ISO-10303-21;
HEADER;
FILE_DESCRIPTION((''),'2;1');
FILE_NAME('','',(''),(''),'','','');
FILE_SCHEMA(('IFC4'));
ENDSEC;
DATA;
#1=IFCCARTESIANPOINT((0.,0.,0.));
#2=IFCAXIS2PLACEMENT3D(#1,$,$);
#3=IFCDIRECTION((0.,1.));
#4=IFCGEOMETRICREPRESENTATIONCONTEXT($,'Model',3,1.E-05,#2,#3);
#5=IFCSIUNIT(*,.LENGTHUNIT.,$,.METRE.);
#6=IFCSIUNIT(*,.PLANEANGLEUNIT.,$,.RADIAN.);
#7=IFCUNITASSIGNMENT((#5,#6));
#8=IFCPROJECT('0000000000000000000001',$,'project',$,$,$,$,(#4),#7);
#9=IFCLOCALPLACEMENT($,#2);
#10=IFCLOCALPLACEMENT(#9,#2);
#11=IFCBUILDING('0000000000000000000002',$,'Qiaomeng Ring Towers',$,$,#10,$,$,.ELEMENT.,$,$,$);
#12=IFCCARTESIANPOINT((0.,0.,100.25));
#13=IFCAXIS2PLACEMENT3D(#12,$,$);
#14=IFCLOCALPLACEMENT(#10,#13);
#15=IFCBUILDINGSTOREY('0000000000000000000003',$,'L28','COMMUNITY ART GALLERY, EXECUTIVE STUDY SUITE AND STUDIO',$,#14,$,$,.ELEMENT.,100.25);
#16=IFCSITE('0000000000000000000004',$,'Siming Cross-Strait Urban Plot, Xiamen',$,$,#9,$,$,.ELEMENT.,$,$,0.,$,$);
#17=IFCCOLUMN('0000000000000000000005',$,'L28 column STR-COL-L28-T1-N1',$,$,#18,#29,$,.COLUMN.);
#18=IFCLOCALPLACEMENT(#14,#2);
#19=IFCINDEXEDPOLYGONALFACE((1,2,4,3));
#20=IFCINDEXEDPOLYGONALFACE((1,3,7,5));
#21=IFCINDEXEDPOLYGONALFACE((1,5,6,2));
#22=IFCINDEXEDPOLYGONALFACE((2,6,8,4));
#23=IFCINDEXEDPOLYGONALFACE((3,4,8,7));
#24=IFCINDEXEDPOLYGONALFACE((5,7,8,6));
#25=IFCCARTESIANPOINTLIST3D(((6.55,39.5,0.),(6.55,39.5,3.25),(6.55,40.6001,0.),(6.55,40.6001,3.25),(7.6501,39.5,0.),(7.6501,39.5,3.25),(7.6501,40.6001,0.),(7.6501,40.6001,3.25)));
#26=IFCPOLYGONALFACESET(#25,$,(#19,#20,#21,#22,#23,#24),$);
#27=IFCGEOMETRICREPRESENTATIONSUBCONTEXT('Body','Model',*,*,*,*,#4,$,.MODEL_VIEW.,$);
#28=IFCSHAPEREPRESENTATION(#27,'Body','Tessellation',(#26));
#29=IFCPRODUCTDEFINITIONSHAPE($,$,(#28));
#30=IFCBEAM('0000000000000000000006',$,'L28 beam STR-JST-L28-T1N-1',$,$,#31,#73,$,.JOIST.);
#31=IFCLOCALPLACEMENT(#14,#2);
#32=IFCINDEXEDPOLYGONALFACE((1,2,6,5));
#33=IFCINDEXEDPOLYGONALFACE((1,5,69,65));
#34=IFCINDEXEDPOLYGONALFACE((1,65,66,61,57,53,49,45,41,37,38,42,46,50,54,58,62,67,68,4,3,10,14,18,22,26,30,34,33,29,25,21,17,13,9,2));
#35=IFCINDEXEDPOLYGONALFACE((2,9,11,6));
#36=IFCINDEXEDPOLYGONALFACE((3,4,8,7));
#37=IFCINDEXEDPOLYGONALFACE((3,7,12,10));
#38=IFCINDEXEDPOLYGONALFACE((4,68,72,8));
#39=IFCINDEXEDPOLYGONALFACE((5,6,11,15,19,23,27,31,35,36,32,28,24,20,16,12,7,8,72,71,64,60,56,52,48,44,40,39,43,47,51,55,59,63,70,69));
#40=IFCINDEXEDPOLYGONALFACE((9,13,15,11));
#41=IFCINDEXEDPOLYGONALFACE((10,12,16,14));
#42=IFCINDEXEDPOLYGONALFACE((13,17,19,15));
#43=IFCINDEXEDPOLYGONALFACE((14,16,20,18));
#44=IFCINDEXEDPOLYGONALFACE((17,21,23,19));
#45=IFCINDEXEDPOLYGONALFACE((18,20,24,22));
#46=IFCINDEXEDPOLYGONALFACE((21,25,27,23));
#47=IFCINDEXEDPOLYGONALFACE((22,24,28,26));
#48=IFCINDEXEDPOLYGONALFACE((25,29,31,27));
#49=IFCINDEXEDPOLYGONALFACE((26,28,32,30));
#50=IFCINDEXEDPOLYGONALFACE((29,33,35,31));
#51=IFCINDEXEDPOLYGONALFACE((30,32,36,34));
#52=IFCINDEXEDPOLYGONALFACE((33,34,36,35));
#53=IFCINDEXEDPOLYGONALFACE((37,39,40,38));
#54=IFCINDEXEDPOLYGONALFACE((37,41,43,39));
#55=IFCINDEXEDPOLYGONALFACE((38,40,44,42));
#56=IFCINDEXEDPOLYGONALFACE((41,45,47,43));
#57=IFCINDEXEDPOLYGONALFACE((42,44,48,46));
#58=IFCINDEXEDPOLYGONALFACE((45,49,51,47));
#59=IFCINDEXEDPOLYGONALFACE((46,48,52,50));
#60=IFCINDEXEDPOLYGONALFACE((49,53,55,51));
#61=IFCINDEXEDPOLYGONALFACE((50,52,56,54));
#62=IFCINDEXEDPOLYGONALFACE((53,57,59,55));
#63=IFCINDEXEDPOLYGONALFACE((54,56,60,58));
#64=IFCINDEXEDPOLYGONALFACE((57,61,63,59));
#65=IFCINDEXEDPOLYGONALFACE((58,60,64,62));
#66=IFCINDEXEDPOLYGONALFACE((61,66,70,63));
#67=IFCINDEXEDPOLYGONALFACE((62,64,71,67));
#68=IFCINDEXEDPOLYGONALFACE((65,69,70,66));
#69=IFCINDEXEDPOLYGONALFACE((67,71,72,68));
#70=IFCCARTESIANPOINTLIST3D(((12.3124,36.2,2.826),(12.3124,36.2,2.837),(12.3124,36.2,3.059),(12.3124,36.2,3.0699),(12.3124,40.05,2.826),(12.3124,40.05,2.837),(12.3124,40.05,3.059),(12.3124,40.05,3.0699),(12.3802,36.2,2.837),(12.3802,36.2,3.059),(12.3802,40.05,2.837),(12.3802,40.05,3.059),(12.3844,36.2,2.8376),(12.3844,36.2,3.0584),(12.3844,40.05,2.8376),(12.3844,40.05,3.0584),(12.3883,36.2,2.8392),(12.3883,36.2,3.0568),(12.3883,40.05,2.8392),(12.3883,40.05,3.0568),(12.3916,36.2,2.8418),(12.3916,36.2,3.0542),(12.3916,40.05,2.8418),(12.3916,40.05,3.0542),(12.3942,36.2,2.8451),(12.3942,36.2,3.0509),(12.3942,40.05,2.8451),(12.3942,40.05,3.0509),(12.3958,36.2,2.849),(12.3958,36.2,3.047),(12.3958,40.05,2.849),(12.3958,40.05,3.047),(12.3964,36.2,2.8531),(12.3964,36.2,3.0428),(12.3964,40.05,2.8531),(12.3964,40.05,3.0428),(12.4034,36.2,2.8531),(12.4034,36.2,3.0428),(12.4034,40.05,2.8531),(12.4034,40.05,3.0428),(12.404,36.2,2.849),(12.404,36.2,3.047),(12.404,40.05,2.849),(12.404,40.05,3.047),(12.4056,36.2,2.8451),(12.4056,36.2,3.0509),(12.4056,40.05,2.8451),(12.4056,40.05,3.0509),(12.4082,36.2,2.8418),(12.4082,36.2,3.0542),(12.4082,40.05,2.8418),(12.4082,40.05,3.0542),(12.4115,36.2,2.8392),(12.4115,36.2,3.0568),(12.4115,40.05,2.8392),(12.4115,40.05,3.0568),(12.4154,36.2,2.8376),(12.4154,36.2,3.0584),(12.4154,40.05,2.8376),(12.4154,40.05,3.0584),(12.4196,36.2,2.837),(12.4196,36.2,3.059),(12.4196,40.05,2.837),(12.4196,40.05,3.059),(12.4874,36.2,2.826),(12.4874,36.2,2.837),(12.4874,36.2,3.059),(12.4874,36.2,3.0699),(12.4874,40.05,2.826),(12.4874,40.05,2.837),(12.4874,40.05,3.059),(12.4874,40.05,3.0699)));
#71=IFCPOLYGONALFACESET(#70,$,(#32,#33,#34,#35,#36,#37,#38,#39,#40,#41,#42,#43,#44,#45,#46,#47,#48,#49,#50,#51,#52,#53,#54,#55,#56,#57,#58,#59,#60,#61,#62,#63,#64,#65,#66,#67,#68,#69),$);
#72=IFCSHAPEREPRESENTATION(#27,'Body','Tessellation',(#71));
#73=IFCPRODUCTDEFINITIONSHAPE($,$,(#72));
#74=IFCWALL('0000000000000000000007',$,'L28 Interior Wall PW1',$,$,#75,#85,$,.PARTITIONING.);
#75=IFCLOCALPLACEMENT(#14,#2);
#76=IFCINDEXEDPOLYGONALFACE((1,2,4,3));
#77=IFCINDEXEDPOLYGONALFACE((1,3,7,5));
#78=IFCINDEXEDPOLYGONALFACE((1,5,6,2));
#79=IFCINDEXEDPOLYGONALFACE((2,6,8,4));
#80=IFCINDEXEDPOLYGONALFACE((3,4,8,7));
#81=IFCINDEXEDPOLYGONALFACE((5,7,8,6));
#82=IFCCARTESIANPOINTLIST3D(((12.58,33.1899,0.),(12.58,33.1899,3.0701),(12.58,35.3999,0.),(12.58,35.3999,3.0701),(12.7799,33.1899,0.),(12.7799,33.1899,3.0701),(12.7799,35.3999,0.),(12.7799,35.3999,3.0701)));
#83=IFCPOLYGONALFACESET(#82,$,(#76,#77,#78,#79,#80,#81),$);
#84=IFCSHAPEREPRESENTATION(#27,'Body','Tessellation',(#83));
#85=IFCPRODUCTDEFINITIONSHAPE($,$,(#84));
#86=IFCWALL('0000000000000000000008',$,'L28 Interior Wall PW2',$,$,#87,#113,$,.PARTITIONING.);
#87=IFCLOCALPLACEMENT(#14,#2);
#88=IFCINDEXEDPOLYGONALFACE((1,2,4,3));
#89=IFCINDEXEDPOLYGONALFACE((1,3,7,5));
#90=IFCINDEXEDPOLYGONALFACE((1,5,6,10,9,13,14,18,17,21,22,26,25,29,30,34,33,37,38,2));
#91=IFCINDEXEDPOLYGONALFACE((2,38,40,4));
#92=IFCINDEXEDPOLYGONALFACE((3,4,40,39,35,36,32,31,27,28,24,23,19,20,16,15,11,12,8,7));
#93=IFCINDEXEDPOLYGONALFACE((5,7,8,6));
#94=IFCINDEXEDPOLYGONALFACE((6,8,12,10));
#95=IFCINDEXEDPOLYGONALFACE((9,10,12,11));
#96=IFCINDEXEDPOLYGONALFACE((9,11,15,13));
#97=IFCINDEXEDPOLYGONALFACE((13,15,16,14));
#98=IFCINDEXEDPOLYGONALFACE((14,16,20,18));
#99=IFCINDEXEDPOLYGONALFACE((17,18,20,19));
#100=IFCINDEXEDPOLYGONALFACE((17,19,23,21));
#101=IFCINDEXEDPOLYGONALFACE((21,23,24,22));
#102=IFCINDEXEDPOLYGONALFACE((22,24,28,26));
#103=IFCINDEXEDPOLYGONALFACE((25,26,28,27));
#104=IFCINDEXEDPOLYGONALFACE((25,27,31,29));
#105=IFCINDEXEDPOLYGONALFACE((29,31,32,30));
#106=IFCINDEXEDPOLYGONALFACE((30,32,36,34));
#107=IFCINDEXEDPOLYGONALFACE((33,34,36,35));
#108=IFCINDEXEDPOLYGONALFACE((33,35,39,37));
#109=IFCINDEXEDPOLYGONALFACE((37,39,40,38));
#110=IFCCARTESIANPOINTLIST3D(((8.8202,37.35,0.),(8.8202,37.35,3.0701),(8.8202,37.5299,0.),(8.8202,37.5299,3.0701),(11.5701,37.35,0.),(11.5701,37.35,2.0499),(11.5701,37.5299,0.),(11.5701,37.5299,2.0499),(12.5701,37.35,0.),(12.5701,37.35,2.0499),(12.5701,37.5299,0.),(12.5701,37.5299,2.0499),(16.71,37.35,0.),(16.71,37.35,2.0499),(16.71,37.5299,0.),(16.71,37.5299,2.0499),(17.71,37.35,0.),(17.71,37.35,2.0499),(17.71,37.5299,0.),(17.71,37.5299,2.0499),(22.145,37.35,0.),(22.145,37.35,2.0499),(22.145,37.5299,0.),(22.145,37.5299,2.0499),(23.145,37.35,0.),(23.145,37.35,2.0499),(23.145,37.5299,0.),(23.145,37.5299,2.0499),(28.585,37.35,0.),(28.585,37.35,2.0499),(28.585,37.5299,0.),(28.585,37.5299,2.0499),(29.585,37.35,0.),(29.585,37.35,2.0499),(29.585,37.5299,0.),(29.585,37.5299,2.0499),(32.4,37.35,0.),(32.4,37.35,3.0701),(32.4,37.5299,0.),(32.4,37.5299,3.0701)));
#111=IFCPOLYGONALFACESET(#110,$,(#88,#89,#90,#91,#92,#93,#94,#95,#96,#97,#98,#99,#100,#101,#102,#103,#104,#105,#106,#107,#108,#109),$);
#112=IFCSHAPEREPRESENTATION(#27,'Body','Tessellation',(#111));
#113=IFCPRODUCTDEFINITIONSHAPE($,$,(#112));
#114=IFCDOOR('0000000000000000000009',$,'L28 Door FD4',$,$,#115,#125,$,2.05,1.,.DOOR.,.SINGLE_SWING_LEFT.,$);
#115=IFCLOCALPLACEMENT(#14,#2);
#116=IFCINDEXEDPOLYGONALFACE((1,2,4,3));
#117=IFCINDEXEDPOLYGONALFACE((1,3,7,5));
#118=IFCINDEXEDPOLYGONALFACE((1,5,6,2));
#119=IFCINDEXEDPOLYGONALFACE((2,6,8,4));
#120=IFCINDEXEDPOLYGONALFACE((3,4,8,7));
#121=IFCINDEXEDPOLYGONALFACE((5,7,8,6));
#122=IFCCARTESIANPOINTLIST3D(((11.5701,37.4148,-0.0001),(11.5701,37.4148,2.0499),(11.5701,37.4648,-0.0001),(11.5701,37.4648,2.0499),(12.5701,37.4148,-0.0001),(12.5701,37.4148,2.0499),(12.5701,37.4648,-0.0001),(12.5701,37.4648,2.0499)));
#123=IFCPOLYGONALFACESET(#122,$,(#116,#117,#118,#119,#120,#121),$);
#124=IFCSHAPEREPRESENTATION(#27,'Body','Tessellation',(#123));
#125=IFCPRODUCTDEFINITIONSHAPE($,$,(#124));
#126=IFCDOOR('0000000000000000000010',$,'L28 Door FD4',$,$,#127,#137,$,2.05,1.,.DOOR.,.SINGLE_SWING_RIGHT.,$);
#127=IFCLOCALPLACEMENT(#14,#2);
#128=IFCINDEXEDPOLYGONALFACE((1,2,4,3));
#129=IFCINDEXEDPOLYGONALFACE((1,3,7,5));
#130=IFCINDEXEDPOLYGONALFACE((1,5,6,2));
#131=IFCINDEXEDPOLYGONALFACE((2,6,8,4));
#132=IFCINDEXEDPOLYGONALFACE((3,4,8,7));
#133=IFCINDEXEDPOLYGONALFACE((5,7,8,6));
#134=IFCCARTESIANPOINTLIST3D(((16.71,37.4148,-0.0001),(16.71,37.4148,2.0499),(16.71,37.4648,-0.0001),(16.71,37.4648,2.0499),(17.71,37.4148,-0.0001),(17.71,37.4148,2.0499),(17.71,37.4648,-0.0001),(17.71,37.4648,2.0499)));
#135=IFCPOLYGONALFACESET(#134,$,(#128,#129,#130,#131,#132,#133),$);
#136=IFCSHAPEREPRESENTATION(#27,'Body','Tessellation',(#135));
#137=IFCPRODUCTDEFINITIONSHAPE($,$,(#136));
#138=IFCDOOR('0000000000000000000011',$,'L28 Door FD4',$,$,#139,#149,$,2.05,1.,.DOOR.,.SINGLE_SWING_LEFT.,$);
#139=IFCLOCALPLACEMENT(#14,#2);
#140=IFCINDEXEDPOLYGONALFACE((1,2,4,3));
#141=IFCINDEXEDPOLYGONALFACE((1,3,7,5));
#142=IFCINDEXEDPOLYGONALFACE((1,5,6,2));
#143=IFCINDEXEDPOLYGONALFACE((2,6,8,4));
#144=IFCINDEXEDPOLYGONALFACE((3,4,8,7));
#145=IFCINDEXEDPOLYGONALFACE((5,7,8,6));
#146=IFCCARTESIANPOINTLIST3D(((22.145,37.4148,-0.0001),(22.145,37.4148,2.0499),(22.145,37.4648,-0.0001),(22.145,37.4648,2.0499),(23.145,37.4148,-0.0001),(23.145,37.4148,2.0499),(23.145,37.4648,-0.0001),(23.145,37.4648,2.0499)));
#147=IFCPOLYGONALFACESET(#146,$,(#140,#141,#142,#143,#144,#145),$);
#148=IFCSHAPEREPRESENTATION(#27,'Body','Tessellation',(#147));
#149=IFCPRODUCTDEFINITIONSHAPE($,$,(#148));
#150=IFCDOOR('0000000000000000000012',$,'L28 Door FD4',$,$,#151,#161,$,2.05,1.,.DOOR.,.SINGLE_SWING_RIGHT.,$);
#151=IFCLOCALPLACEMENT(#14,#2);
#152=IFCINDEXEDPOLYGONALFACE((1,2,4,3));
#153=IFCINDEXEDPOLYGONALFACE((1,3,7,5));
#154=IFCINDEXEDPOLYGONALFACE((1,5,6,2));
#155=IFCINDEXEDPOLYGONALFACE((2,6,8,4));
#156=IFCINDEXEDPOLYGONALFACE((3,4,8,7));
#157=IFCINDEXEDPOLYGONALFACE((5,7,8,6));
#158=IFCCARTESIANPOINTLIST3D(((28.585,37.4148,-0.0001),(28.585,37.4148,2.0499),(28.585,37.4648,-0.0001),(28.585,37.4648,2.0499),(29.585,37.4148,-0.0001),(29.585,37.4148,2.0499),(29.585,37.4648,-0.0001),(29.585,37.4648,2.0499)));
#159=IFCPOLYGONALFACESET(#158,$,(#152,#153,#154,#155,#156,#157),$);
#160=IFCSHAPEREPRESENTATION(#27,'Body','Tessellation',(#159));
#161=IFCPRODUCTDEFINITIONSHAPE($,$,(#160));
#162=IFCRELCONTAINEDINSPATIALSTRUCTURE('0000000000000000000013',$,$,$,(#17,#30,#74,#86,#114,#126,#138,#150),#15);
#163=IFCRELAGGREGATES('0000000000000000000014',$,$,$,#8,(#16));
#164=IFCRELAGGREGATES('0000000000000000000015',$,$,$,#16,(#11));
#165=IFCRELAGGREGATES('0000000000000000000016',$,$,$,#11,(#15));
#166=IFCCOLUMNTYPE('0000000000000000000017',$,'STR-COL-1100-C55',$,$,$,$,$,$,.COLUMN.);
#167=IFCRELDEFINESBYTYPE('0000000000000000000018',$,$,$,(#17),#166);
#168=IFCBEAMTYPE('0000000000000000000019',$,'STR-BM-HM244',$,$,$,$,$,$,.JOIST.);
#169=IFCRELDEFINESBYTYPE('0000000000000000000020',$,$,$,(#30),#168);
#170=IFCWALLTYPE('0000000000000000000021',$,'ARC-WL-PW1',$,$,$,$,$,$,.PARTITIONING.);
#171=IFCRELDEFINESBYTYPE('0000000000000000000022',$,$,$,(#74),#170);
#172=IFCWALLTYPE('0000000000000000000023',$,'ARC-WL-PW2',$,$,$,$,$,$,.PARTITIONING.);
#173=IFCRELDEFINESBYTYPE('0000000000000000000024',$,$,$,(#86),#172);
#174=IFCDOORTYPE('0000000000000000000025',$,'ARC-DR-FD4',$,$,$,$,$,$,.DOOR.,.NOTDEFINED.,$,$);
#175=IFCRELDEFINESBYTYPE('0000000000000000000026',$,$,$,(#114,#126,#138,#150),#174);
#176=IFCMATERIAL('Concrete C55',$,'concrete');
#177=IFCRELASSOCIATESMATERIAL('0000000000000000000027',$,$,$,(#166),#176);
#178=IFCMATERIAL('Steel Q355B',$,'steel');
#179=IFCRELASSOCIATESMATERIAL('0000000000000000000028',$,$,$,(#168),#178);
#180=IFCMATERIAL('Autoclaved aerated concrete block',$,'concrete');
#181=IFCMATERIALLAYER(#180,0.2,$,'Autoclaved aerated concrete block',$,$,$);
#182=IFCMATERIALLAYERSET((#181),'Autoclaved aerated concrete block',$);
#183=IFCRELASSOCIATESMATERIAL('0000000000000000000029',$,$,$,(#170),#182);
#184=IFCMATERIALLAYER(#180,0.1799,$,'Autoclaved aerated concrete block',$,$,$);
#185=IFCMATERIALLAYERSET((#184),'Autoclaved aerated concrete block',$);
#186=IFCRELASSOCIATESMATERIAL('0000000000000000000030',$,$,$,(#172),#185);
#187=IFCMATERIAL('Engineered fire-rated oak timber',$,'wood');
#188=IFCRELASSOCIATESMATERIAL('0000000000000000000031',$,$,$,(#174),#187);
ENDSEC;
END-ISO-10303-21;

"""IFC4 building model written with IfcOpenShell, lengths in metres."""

from ifc_helpers import new_model, si_unit, direction, frame, frame_2d, origin, origin_2d, place, context, subcontext, project, spatial, rectangle, i_section, extrude, source, transform, mapped, material, layer, layer_set, material_profile, profile_set, type_object, element, fill, save


model = new_model("IFC4")

# Units and contexts
model_context = context("Model", 3, precision=1e-05, world=origin(), true_north=direction((0.0, 1.0)))
body_context = subcontext(model_context, "Body", "Model", "MODEL_VIEW")
ifc_project = project(units=[si_unit("LENGTHUNIT", "METRE"), si_unit("PLANEANGLEUNIT", "RADIAN")], contexts=[model_context])

# Site, building, storey
site_placement = place(None, origin())
site = spatial("IfcSite", under=ifc_project, at=site_placement, Name="Siming Cross-Strait Urban Plot, Xiamen", CompositionType="ELEMENT", RefElevation=0.0)
building_placement = place(site_placement, origin())
building = spatial("IfcBuilding", under=site, at=building_placement, Name="Qiaomeng Ring Towers", CompositionType="ELEMENT")
storey_placement = place(building_placement, frame((0.0, 0.0, 100.25)))
storey = spatial("IfcBuildingStorey", under=building, at=storey_placement, Name="L28", Description="COMMUNITY ART GALLERY, EXECUTIVE STUDY SUITE AND STUDIO", CompositionType="ELEMENT", Elevation=100.25)

# Column
ifc_material_1 = material(Name="Concrete C55", Category="concrete")
ifc_material_profile_1 = material_profile(ifc_material_1, rectangle(XDim=1.1001, YDim=1.1001, at=origin_2d()), Name="RC COL 1100x1100")
ifc_profile_set_1 = profile_set([ifc_material_profile_1], Name="Concrete C55")
column_type = type_object("IfcColumnType", Name="STR-COL-1100-C55", PredefinedType="COLUMN", material=ifc_profile_set_1)
shared_shape_1 = source(origin(), body_context, "Body", "SweptSolid", [
    extrude(rectangle(XDim=1.1001, YDim=1.1001, at=origin_2d()), origin(), (0.0, 0.0, 1.0), 3.25),
])
column_placement = place(storey_placement, frame((7.1001, 40.05, 0.0), z_axis=(0.0, 0.0, 1.0), x_axis=(1.0, 0.0, 0.0)))
element("IfcColumn", 1, at=column_placement, inside=storey, type_object=column_type, Name="L28 column STR-COL-L28-T1-N1", PredefinedType="COLUMN", context=body_context, shape_type="MappedRepresentation", body=[
    mapped(shared_shape_1, transform((0.0, 0.0, 0.0), x_axis=(1.0, 0.0, 0.0), y_axis=(0.0, 1.0, 0.0), z_axis=(0.0, 0.0, 1.0), scale=1.0)),
])

# Beam
ifc_material_2 = material(Name="Steel Q355B", Category="steel")
ifc_material_profile_2 = material_profile(ifc_material_2, i_section(OverallWidth=0.175, OverallDepth=0.2439, WebThickness=0.0071, FlangeThickness=0.011, FilletRadius=0.0161, at=origin_2d()), Name="HM 244x175x7x11")
ifc_profile_set_2 = profile_set([ifc_material_profile_2], Name="Steel Q355B")
beam_type = type_object("IfcBeamType", Name="STR-BM-HM244", PredefinedType="JOIST", material=ifc_profile_set_2)
shared_shape_2 = source(origin(), body_context, "Body", "SweptSolid", [
    extrude(i_section(OverallWidth=0.175, OverallDepth=0.2439, WebThickness=0.0071, FlangeThickness=0.011, FilletRadius=0.0161, at=origin_2d()), origin(), (0.0, 0.0, 1.0), 3.8501),
])
beam_placement = place(storey_placement, frame((12.3999, 36.2, 2.948), z_axis=(0.0, 1.0, 0.0), x_axis=(-1.0, 0.0, 0.0)))
element("IfcBeam", 2, at=beam_placement, inside=storey, type_object=beam_type, Name="L28 beam STR-JST-L28-T1N-1", PredefinedType="JOIST", context=body_context, shape_type="MappedRepresentation", body=[
    mapped(shared_shape_2, transform((0.0, 0.0, 0.0), x_axis=(1.0, 0.0, 0.0), y_axis=(0.0, 1.0, 0.0), z_axis=(0.0, 0.0, 1.0), scale=1.0)),
])

# Wall
ifc_material_3 = material(Name="Autoclaved aerated concrete block", Category="concrete")
ifc_layer_1 = layer(ifc_material_3, 0.2, Name="Autoclaved aerated concrete block")
ifc_layer_set_1 = layer_set([ifc_layer_1], Name="Autoclaved aerated concrete block")
wall_type_1 = type_object("IfcWallType", Name="ARC-WL-PW1", PredefinedType="PARTITIONING", material=ifc_layer_set_1)
wall_1_placement = place(storey_placement, frame((12.6799, 33.1899, 0.0), z_axis=(0.0, 0.0, 1.0), x_axis=(0.0, 1.0, 0.0)))
element("IfcWall", 3, at=wall_1_placement, inside=storey, type_object=wall_type_1, Name="L28 Interior Wall PW1", PredefinedType="PARTITIONING", context=body_context, shape_type="SweptSolid", body=[
    extrude(rectangle(XDim=2.21, YDim=0.2, at=frame_2d((1.105, 0.0))), origin(), (0.0, 0.0, 1.0), 3.0701),
])

# Wall, openings, doors
ifc_layer_2 = layer(ifc_material_3, 0.1799, Name="Autoclaved aerated concrete block")
ifc_layer_set_2 = layer_set([ifc_layer_2], Name="Autoclaved aerated concrete block")
wall_type_2 = type_object("IfcWallType", Name="ARC-WL-PW2", PredefinedType="PARTITIONING", material=ifc_layer_set_2)
wall_2_placement = place(storey_placement, frame((8.8201, 37.4399, 0.0), z_axis=(0.0, 0.0, 1.0), x_axis=(1.0, 0.0, 0.0)))
wall_2 = element("IfcWall", 4, at=wall_2_placement, inside=storey, type_object=wall_type_2, Name="L28 Interior Wall PW2", PredefinedType="PARTITIONING", context=body_context, shape_type="SweptSolid", body=[
    extrude(rectangle(XDim=23.5798, YDim=0.1799, at=frame_2d((11.79, 0.0))), origin(), (0.0, 0.0, 1.0), 3.0701),
])
opening_1_placement = place(wall_2_placement, frame((2.75, 0.0, 0.0)))
opening_1 = element("IfcOpeningElement", 5, at=opening_1_placement, cuts=wall_2, PredefinedType="OPENING", context=body_context, shape_type="SweptSolid", body=[
    extrude(rectangle(XDim=1.0, YDim=2.05, at=frame_2d((0.5, 1.0249))), frame((0.0, 0.0999, 0.0), z_axis=(0.0, -1.0, 0.0), x_axis=(1.0, 0.0, 0.0)), (0.0, 0.0, 1.0), 0.2),
])
opening_2_placement = place(wall_2_placement, frame((7.8899, 0.0, 0.0)))
opening_2 = element("IfcOpeningElement", 6, at=opening_2_placement, cuts=wall_2, PredefinedType="OPENING", context=body_context, shape_type="SweptSolid", body=[
    extrude(rectangle(XDim=1.0, YDim=2.05, at=frame_2d((0.5, 1.0249))), frame((0.0, 0.0999, 0.0), z_axis=(0.0, -1.0, 0.0), x_axis=(1.0, 0.0, 0.0)), (0.0, 0.0, 1.0), 0.2),
])
opening_3_placement = place(wall_2_placement, frame((13.325, 0.0, 0.0)))
opening_3 = element("IfcOpeningElement", 7, at=opening_3_placement, cuts=wall_2, PredefinedType="OPENING", context=body_context, shape_type="SweptSolid", body=[
    extrude(rectangle(XDim=1.0, YDim=2.05, at=frame_2d((0.5, 1.0249))), frame((0.0, 0.0999, 0.0), z_axis=(0.0, -1.0, 0.0), x_axis=(1.0, 0.0, 0.0)), (0.0, 0.0, 1.0), 0.2),
])
opening_4_placement = place(wall_2_placement, frame((19.7649, 0.0, 0.0)))
opening_4 = element("IfcOpeningElement", 8, at=opening_4_placement, cuts=wall_2, PredefinedType="OPENING", context=body_context, shape_type="SweptSolid", body=[
    extrude(rectangle(XDim=1.0, YDim=2.05, at=frame_2d((0.5, 1.0249))), frame((0.0, 0.0999, 0.0), z_axis=(0.0, -1.0, 0.0), x_axis=(1.0, 0.0, 0.0)), (0.0, 0.0, 1.0), 0.2),
])
ifc_material_4 = material(Name="Engineered fire-rated oak timber", Category="wood")
door_type_1 = type_object("IfcDoorType", Name="ARC-DR-FD4", OperationType="NOTDEFINED", PredefinedType="DOOR", material=ifc_material_4)
shared_shape_3 = source(origin(), body_context, "Body", "SweptSolid", [
    extrude(rectangle(XDim=1.0, YDim=2.05, at=frame_2d((0.5, 1.0249))), frame((0.0, 0.0249, 0.0), z_axis=(0.0, -1.0, 0.0), x_axis=(1.0, 0.0, 0.0)), (0.0, 0.0, 1.0), 0.05),
])
door_1_placement = place(opening_1_placement, origin())
door_1 = element("IfcDoor", 9, at=door_1_placement, inside=storey, type_object=door_type_1, Name="L28 Door FD4", OperationType="SINGLE_SWING_LEFT", OverallHeight=2.05, OverallWidth=1.0, PredefinedType="DOOR", context=body_context, shape_type="MappedRepresentation", body=[
    mapped(shared_shape_3, transform((0.0, 0.0, 0.0), x_axis=(1.0, 0.0, 0.0), y_axis=(0.0, 1.0, 0.0), z_axis=(0.0, 0.0, 1.0), scale=1.0)),
])
fill(opening_1, door_1)
door_2_placement = place(opening_2_placement, origin())
door_2 = element("IfcDoor", 10, at=door_2_placement, inside=storey, type_object=door_type_1, Name="L28 Door FD4", OperationType="SINGLE_SWING_RIGHT", OverallHeight=2.05, OverallWidth=1.0, PredefinedType="DOOR", context=body_context, shape_type="MappedRepresentation", body=[
    mapped(shared_shape_3, transform((0.0, 0.0, 0.0), x_axis=(1.0, 0.0, 0.0), y_axis=(0.0, 1.0, 0.0), z_axis=(0.0, 0.0, 1.0), scale=1.0)),
])
fill(opening_2, door_2)
door_3_placement = place(opening_3_placement, origin())
door_3 = element("IfcDoor", 11, at=door_3_placement, inside=storey, type_object=door_type_1, Name="L28 Door FD4", OperationType="SINGLE_SWING_LEFT", OverallHeight=2.05, OverallWidth=1.0, PredefinedType="DOOR", context=body_context, shape_type="MappedRepresentation", body=[
    mapped(shared_shape_3, transform((0.0, 0.0, 0.0), x_axis=(1.0, 0.0, 0.0), y_axis=(0.0, 1.0, 0.0), z_axis=(0.0, 0.0, 1.0), scale=1.0)),
])
fill(opening_3, door_3)
door_4_placement = place(opening_4_placement, origin())
door_4 = element("IfcDoor", 12, at=door_4_placement, inside=storey, type_object=door_type_1, Name="L28 Door FD4", OperationType="SINGLE_SWING_RIGHT", OverallHeight=2.05, OverallWidth=1.0, PredefinedType="DOOR", context=body_context, shape_type="MappedRepresentation", body=[
    mapped(shared_shape_3, transform((0.0, 0.0, 0.0), x_axis=(1.0, 0.0, 0.0), y_axis=(0.0, 1.0, 0.0), z_axis=(0.0, 0.0, 1.0), scale=1.0)),
])
fill(opening_4, door_4)

save(model, "model.ifc")
